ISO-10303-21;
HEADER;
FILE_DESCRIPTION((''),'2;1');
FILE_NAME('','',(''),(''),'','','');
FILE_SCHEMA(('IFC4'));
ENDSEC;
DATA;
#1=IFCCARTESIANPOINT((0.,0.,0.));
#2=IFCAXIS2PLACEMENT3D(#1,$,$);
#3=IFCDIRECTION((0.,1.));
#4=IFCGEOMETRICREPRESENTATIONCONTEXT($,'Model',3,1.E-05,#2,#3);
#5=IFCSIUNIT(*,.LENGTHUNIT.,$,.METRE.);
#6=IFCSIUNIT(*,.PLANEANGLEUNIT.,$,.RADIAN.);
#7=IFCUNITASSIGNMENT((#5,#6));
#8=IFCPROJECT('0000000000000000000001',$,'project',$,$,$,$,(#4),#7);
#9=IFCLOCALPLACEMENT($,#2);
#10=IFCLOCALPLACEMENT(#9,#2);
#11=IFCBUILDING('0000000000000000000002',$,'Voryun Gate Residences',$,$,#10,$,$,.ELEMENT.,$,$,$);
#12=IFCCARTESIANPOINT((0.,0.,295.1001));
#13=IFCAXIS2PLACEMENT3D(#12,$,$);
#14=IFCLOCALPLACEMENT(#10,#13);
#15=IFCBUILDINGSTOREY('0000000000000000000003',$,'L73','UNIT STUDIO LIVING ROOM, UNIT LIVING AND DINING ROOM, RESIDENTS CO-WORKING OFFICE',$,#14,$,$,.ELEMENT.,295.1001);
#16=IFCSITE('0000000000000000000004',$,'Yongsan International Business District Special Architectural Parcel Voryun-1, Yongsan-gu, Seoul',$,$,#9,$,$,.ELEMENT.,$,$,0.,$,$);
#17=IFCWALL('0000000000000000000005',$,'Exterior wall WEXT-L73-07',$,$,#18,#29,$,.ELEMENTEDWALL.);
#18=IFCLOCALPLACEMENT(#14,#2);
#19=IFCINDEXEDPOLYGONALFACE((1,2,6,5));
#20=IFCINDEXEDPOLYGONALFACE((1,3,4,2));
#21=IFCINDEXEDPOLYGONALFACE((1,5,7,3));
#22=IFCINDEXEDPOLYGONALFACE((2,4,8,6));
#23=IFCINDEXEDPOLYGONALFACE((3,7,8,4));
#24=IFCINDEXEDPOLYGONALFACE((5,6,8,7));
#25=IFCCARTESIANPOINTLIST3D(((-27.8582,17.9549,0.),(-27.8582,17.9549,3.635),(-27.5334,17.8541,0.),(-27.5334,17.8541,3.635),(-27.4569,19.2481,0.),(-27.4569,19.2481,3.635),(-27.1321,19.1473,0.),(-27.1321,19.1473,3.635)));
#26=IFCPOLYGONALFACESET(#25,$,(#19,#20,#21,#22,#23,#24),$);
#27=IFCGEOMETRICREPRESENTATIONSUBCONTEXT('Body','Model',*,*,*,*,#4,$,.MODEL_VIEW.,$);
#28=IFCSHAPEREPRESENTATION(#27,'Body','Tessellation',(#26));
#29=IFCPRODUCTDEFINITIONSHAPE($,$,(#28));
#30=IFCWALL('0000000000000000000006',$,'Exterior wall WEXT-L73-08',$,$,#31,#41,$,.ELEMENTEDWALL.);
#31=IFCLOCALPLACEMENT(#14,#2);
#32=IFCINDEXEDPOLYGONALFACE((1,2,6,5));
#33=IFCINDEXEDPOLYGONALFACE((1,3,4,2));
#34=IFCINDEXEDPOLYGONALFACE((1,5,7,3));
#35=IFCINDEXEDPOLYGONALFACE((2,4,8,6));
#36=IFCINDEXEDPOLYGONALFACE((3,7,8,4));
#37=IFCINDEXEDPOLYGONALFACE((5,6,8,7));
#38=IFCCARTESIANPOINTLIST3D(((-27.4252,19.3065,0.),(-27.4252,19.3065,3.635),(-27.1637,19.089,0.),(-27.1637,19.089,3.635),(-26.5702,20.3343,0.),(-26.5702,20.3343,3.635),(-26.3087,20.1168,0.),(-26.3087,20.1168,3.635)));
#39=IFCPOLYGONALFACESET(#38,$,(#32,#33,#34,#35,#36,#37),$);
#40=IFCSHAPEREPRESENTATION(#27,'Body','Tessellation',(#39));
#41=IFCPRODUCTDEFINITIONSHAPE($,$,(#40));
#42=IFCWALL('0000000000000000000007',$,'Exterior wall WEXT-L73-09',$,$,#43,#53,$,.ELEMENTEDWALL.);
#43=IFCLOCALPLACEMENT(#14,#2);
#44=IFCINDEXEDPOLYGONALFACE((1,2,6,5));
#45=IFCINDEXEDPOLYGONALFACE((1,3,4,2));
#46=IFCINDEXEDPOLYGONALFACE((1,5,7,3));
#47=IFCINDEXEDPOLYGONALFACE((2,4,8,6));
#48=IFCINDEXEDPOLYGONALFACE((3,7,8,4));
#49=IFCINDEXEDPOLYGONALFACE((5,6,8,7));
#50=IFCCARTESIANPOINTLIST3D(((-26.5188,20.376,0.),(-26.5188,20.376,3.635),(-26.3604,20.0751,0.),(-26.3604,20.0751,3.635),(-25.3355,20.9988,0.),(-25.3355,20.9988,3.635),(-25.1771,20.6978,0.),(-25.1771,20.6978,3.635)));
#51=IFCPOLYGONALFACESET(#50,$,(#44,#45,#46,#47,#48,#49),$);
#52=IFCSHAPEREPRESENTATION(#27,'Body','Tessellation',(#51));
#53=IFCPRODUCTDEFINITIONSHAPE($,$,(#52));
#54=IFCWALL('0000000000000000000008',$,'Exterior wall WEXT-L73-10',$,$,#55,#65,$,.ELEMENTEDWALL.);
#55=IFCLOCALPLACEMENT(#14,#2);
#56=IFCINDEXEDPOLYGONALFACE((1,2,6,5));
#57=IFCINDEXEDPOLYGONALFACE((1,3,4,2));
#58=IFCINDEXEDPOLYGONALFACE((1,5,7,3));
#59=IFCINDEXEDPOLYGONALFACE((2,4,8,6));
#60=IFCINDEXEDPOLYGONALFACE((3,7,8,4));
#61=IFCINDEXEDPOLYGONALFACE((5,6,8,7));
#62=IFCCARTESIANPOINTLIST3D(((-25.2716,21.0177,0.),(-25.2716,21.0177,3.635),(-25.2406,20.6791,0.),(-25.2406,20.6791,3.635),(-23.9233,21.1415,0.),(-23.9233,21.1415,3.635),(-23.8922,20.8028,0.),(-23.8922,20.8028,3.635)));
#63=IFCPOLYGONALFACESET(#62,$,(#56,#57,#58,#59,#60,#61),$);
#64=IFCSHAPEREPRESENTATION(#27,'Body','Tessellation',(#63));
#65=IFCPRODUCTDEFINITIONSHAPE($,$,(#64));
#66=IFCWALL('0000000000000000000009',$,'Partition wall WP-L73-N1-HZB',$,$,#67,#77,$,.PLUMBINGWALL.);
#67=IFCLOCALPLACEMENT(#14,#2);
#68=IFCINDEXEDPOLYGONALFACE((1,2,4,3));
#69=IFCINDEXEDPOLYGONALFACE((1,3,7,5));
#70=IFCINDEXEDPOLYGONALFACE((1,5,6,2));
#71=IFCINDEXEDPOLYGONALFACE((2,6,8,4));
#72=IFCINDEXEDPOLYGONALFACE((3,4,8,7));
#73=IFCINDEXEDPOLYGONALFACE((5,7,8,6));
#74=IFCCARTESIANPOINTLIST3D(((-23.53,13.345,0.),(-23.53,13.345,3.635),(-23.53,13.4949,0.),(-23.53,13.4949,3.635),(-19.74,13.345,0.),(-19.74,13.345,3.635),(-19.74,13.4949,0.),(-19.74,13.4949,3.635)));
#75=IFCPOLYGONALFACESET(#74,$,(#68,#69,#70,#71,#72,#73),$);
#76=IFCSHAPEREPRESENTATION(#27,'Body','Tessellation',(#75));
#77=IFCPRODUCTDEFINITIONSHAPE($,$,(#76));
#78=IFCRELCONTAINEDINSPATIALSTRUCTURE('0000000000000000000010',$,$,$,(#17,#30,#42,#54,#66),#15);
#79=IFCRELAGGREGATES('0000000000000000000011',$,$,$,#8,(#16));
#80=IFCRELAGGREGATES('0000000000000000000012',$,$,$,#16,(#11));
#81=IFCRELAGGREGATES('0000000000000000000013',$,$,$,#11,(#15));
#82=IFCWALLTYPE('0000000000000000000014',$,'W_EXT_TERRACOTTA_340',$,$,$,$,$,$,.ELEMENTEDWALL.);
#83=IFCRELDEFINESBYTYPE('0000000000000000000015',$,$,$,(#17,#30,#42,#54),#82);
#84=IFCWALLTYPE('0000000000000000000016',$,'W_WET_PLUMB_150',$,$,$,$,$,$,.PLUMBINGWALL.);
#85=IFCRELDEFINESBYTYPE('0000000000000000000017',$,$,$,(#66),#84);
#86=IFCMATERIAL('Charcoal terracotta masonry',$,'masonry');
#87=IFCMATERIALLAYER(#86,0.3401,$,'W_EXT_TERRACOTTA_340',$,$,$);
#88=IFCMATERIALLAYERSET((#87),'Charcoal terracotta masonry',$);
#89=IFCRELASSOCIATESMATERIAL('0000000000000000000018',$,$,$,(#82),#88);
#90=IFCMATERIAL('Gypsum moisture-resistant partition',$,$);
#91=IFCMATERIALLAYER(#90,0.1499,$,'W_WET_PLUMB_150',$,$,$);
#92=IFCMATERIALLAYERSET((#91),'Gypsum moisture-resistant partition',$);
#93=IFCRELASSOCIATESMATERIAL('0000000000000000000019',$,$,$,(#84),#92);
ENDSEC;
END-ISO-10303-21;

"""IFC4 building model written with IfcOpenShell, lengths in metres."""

from ifc_helpers import new_model, si_unit, direction, frame, frame_2d, origin, place, context, subcontext, project, spatial, rectangle, extrude, material, layer, layer_set, type_object, element, save


model = new_model("IFC4")

# Units and contexts
model_context = context("Model", 3, precision=1e-05, world=origin(), true_north=direction((0.0, 1.0)))
body_context = subcontext(model_context, "Body", "Model", "MODEL_VIEW")
ifc_project = project(units=[si_unit("LENGTHUNIT", "METRE"), si_unit("PLANEANGLEUNIT", "RADIAN")], contexts=[model_context])

# Site, building, storey
site_placement = place(None, origin())
site = spatial("IfcSite", under=ifc_project, at=site_placement, Name="Yongsan International Business District Special Architectural Parcel Voryun-1, Yongsan-gu, Seoul", CompositionType="ELEMENT", RefElevation=0.0)
building_placement = place(site_placement, origin())
building = spatial("IfcBuilding", under=site, at=building_placement, Name="Voryun Gate Residences", CompositionType="ELEMENT")
storey_placement = place(building_placement, frame((0.0, 0.0, 295.1001)))
storey = spatial("IfcBuildingStorey", under=building, at=storey_placement, Name="L73", Description="UNIT STUDIO LIVING ROOM, UNIT LIVING AND DINING ROOM, RESIDENTS CO-WORKING OFFICE", CompositionType="ELEMENT", Elevation=295.1001)

# Walls
ifc_material_1 = material(Name="Charcoal terracotta masonry", Category="masonry")
ifc_layer_1 = layer(ifc_material_1, 0.3401, Name="W_EXT_TERRACOTTA_340")
ifc_layer_set_1 = layer_set([ifc_layer_1], Name="Charcoal terracotta masonry")
wall_type_1 = type_object("IfcWallType", Name="W_EXT_TERRACOTTA_340", PredefinedType="ELEMENTEDWALL", material=ifc_layer_set_1)
wall_1_placement = place(storey_placement, frame((-27.6958, 17.9045, 0.0), z_axis=(0.0, 0.0, 1.0), x_axis=(0.296416, 0.955059, 0.0)))
element("IfcWall", 1, at=wall_1_placement, inside=storey, type_object=wall_type_1, Name="Exterior wall WEXT-L73-07", PredefinedType="ELEMENTEDWALL", context=body_context, shape_type="SweptSolid", body=[
    extrude(rectangle(XDim=1.354, YDim=0.3401, at=frame_2d((0.677, 0.0))), origin(), (0.0, 0.0, 1.0), 3.635),
])
wall_2_placement = place(storey_placement, frame((-27.2944, 19.1978, 0.0), z_axis=(0.0, 0.0, 1.0), x_axis=(0.639502, 0.76879, 0.0)))
element("IfcWall", 2, at=wall_2_placement, inside=storey, type_object=wall_type_1, Name="Exterior wall WEXT-L73-08", PredefinedType="ELEMENTEDWALL", context=body_context, shape_type="SweptSolid", body=[
    extrude(rectangle(XDim=1.3369, YDim=0.3401, at=frame_2d((0.6685, 0.0))), origin(), (0.0, 0.0, 1.0), 3.635),
])
wall_3_placement = place(storey_placement, frame((-26.4395, 20.2256, 0.0), z_axis=(0.0, 0.0, 1.0), x_axis=(0.884922, 0.465739, 0.0)))
element("IfcWall", 3, at=wall_3_placement, inside=storey, type_object=wall_type_1, Name="Exterior wall WEXT-L73-09", PredefinedType="ELEMENTEDWALL", context=body_context, shape_type="SweptSolid", body=[
    extrude(rectangle(XDim=1.3372, YDim=0.3401, at=frame_2d((0.6685, 0.0))), origin(), (0.0, 0.0, 1.0), 3.635),
])
wall_4_placement = place(storey_placement, frame((-25.2561, 20.8484, 0.0), z_axis=(0.0, 0.0, 1.0), x_axis=(0.995813, 0.091414, 0.0)))
element("IfcWall", 4, at=wall_4_placement, inside=storey, type_object=wall_type_1, Name="Exterior wall WEXT-L73-10", PredefinedType="ELEMENTEDWALL", context=body_context, shape_type="SweptSolid", body=[
    extrude(rectangle(XDim=1.354, YDim=0.3401, at=frame_2d((0.677, 0.0))), origin(), (0.0, 0.0, 1.0), 3.635),
])

# Wall
ifc_material_2 = material(Name="Gypsum moisture-resistant partition")
ifc_layer_2 = layer(ifc_material_2, 0.1499, Name="W_WET_PLUMB_150")
ifc_layer_set_2 = layer_set([ifc_layer_2], Name="Gypsum moisture-resistant partition")
wall_type_2 = type_object("IfcWallType", Name="W_WET_PLUMB_150", PredefinedType="PLUMBINGWALL", material=ifc_layer_set_2)
wall_5_placement = place(storey_placement, frame((-23.53, 13.4199, 0.0), z_axis=(0.0, 0.0, 1.0), x_axis=(1.0, 0.0, 0.0)))
element("IfcWall", 5, at=wall_5_placement, inside=storey, type_object=wall_type_2, Name="Partition wall WP-L73-N1-HZB", PredefinedType="PLUMBINGWALL", context=body_context, shape_type="SweptSolid", body=[
    extrude(rectangle(XDim=3.79, YDim=0.1499, at=frame_2d((1.895, 0.0))), origin(), (0.0, 0.0, 1.0), 3.635),
])

save(model, "model.ifc")
